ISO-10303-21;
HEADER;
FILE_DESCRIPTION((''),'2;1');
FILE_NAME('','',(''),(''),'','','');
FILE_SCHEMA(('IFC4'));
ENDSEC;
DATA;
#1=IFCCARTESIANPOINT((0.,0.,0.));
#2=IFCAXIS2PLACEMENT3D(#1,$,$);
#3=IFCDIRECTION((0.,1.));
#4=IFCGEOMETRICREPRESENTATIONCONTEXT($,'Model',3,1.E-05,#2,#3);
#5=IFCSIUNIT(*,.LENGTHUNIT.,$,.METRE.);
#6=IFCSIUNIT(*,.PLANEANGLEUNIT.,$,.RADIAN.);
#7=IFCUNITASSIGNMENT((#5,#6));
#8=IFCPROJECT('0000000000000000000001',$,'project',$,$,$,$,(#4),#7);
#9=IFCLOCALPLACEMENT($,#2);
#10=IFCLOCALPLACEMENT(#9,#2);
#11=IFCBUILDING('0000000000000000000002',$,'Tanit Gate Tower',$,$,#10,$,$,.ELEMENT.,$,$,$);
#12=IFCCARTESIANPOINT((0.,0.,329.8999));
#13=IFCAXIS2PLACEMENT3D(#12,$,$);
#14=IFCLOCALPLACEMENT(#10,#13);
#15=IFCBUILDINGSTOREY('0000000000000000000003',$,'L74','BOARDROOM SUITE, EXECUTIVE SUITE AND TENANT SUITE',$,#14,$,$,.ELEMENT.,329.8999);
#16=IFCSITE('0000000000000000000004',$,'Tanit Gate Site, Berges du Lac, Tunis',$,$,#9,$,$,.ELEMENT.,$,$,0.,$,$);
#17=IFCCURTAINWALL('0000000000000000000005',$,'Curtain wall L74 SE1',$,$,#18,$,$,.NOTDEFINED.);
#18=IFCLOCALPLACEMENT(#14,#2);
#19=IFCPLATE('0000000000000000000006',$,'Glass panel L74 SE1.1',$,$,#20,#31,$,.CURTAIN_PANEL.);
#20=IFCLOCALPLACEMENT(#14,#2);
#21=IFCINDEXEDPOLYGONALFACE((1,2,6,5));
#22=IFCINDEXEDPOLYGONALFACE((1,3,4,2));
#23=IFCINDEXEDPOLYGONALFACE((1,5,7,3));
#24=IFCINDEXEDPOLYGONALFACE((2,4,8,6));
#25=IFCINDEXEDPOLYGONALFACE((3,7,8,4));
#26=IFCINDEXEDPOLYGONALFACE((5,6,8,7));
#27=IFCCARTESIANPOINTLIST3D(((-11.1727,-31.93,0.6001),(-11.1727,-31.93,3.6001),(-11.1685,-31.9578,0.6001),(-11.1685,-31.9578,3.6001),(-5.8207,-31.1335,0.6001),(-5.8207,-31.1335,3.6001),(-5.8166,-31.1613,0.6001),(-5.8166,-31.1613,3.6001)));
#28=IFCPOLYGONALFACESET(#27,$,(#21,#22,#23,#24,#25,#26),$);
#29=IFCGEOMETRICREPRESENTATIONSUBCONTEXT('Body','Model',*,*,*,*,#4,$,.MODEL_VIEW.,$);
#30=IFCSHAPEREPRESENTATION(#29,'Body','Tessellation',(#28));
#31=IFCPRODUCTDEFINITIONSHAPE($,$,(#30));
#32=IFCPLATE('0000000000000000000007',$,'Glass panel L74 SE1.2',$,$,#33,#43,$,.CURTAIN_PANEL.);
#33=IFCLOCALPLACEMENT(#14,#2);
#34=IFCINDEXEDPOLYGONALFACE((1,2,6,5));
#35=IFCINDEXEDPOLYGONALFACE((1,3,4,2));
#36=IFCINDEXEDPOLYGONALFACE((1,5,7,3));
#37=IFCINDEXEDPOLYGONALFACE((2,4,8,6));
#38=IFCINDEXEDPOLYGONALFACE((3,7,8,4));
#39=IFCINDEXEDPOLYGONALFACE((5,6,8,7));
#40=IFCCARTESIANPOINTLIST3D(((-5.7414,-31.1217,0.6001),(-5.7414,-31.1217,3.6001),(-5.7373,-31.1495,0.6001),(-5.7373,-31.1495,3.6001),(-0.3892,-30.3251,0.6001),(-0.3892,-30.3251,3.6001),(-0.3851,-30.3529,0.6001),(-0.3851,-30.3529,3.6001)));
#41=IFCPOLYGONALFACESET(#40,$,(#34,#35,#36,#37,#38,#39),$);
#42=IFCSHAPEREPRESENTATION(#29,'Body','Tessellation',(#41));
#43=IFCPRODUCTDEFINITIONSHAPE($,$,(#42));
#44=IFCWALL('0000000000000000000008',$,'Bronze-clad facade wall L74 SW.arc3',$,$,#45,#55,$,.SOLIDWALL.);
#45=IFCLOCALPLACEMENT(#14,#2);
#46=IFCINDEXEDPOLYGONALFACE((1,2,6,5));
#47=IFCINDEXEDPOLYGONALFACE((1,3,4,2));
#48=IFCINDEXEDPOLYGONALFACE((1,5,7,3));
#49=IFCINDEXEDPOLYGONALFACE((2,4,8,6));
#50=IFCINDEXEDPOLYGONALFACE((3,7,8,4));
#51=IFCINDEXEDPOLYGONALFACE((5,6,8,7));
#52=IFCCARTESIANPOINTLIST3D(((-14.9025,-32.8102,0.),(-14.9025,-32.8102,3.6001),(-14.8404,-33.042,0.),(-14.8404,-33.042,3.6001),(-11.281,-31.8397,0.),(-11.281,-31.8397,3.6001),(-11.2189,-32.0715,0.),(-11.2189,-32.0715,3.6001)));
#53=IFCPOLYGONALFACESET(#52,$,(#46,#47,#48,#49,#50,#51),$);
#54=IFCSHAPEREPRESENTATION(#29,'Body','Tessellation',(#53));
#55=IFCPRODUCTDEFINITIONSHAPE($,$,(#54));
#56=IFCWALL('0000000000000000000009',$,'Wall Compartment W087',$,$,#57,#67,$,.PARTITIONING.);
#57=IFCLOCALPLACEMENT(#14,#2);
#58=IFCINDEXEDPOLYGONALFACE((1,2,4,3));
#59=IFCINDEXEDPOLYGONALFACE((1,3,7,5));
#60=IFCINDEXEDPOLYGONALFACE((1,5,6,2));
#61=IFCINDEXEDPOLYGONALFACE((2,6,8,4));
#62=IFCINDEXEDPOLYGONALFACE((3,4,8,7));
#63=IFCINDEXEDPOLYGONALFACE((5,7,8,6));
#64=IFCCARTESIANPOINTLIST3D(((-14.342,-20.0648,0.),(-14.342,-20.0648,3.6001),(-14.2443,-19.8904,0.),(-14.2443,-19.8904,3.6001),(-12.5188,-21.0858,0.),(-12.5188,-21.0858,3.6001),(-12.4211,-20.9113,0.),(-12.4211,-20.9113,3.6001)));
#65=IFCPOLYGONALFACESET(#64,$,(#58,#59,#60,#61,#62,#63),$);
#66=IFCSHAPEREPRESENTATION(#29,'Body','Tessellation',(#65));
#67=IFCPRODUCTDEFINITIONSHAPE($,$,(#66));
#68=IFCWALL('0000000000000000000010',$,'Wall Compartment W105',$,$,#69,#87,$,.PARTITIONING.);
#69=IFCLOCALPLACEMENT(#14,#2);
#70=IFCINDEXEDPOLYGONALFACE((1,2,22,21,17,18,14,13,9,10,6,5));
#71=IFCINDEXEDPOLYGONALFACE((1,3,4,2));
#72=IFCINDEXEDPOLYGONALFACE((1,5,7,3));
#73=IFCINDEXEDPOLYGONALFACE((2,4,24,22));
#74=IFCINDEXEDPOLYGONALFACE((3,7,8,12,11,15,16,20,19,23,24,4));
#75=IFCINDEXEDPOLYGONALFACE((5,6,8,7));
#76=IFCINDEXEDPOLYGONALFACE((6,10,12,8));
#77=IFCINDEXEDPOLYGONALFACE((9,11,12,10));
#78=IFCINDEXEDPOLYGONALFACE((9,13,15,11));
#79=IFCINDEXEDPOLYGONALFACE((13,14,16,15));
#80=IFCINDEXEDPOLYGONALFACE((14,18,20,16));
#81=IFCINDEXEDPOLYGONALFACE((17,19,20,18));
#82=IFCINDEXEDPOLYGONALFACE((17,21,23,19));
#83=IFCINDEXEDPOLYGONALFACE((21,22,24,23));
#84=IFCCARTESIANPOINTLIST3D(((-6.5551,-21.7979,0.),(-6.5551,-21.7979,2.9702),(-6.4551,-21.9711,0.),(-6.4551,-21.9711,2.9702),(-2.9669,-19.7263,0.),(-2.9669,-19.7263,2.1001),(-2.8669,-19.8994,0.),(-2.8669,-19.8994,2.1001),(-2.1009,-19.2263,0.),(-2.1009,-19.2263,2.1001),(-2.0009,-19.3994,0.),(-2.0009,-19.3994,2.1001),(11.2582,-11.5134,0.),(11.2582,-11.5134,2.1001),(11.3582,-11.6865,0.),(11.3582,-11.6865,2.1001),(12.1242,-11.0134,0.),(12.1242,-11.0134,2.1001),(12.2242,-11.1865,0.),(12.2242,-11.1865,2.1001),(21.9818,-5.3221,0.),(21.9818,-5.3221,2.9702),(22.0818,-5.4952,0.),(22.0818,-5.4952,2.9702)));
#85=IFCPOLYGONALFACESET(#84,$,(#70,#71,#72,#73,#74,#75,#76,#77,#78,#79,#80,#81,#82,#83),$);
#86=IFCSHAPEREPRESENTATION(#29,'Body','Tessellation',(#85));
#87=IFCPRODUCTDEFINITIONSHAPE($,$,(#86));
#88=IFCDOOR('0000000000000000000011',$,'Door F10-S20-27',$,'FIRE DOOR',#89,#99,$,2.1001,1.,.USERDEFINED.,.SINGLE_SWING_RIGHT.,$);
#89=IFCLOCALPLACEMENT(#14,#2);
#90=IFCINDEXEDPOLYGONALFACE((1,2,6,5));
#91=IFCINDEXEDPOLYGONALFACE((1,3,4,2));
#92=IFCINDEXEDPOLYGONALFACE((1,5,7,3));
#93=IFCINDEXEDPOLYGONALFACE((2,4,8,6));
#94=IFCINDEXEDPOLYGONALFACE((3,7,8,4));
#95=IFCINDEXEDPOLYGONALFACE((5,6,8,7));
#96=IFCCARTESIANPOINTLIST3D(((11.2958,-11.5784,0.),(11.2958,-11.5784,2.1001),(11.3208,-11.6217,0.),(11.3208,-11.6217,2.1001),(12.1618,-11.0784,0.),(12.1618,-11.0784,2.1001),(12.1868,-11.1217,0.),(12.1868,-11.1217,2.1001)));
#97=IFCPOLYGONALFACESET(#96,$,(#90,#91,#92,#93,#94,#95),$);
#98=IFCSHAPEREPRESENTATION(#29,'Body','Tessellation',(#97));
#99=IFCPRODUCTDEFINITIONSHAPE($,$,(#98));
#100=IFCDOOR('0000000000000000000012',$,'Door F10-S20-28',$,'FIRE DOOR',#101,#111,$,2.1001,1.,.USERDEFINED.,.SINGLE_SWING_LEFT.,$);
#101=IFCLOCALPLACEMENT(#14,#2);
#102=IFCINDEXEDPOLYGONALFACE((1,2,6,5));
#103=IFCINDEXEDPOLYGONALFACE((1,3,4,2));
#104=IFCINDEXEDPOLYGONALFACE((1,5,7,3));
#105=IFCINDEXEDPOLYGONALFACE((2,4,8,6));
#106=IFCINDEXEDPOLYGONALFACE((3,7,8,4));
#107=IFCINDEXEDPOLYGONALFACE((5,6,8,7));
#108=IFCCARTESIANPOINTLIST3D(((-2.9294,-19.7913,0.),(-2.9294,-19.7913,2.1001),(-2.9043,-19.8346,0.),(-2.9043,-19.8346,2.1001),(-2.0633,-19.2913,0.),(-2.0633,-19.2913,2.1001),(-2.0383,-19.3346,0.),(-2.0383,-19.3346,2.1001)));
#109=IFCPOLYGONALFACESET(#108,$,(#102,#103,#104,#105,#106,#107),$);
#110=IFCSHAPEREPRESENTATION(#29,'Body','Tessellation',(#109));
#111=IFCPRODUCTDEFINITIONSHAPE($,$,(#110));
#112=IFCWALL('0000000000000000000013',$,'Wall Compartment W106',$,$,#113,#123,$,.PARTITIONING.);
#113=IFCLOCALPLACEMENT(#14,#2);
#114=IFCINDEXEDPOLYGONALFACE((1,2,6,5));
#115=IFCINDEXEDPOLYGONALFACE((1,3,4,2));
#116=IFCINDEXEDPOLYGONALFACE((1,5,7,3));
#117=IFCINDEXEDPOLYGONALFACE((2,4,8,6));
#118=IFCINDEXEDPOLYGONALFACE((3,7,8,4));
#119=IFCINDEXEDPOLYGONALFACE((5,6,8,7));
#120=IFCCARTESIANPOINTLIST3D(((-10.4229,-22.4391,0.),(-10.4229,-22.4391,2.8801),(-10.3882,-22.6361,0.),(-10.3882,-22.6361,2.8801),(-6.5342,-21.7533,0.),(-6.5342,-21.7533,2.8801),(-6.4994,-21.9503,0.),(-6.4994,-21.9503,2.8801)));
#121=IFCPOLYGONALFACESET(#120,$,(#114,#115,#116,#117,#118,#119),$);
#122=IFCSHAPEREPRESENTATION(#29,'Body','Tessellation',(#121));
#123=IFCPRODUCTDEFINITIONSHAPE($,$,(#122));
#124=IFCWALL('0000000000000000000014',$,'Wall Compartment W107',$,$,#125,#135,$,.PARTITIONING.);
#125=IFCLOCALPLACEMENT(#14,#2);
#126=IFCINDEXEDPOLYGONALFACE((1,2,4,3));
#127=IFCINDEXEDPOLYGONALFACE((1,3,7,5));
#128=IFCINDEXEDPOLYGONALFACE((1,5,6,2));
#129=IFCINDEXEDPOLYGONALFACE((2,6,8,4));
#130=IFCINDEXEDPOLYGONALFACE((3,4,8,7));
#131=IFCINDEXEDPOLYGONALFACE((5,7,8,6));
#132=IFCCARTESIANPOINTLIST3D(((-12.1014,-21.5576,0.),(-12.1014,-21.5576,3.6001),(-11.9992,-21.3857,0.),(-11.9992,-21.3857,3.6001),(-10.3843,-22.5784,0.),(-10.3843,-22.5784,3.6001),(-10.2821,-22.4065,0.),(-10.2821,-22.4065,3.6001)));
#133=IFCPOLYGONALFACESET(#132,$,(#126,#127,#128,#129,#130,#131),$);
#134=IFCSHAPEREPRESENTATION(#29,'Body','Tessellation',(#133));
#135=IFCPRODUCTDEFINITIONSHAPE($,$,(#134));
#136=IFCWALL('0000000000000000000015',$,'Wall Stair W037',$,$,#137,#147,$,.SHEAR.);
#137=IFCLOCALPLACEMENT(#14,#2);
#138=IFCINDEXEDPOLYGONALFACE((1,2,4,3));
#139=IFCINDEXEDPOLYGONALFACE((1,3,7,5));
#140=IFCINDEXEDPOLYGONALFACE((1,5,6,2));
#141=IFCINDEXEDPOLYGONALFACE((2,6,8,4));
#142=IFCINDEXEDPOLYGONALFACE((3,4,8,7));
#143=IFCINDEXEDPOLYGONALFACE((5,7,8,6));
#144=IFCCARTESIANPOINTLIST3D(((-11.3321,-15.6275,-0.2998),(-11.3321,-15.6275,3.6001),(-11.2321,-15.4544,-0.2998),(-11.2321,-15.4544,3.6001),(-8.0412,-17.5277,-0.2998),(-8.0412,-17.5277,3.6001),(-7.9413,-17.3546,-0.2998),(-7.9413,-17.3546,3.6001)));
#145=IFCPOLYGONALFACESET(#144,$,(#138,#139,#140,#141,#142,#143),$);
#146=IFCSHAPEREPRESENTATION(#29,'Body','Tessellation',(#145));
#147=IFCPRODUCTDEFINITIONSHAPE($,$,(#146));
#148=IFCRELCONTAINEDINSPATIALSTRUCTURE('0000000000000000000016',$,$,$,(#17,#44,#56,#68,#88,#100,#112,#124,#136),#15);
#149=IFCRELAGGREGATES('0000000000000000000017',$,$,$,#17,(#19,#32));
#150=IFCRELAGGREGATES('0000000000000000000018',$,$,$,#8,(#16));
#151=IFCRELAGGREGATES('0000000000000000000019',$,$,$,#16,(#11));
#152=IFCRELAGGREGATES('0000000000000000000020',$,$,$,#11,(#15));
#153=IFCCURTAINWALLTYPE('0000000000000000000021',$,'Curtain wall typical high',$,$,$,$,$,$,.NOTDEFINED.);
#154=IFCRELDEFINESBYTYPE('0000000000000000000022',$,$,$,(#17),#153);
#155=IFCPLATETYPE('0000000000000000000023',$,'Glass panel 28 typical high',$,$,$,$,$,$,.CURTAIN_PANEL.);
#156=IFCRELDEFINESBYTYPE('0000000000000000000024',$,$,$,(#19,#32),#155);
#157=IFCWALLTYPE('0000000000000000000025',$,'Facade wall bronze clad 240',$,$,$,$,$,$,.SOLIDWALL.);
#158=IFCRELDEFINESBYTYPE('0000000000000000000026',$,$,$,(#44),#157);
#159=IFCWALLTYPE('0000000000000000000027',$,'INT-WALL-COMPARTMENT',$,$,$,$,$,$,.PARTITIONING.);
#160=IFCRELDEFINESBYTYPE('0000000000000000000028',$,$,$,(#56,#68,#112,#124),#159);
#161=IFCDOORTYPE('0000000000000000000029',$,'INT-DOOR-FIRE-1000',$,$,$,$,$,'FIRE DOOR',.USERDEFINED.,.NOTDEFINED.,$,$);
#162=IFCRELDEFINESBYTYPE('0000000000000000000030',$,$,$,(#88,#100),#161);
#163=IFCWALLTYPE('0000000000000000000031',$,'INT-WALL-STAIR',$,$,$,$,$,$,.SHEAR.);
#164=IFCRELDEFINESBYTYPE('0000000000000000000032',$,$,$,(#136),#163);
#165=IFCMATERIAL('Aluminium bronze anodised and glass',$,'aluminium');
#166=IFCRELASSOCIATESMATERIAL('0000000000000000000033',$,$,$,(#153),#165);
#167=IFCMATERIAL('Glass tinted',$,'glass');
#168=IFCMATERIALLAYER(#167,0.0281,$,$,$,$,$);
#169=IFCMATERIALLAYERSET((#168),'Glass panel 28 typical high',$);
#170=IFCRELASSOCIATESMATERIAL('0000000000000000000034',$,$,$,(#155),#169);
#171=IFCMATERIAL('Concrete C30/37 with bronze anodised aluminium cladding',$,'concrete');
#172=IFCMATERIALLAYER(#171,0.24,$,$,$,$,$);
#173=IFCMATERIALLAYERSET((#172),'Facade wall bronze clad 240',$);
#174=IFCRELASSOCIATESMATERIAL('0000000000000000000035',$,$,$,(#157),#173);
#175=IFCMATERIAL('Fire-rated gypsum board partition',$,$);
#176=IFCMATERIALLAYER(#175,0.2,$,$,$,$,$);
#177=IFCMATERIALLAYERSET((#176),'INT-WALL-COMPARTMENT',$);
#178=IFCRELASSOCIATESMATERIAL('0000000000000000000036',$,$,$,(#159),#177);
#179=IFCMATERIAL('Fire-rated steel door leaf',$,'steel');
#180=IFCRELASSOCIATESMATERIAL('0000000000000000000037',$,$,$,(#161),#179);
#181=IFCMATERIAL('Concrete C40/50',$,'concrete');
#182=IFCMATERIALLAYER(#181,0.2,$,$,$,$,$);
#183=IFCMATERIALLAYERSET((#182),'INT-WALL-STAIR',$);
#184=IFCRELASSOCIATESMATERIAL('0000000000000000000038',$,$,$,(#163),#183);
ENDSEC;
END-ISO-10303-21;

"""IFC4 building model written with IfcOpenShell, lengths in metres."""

from ifc_helpers import new_model, si_unit, direction, frame, frame_2d, origin, origin_2d, place, context, subcontext, project, spatial, rectangle, extrude, material, layer, layer_set, type_object, element, fill, aggregate, save


model = new_model("IFC4")

# Units and contexts
model_context = context("Model", 3, precision=1e-05, world=origin(), true_north=direction((0.0, 1.0)))
body_context = subcontext(model_context, "Body", "Model", "MODEL_VIEW")
ifc_project = project(units=[si_unit("LENGTHUNIT", "METRE"), si_unit("PLANEANGLEUNIT", "RADIAN")], contexts=[model_context])

# Site, building, storey
site_placement = place(None, origin())
site = spatial("IfcSite", under=ifc_project, at=site_placement, Name="Tanit Gate Site, Berges du Lac, Tunis", CompositionType="ELEMENT", RefElevation=0.0)
building_placement = place(site_placement, origin())
building = spatial("IfcBuilding", under=site, at=building_placement, Name="Tanit Gate Tower", CompositionType="ELEMENT")
storey_placement = place(building_placement, frame((0.0, 0.0, 329.8999)))
storey = spatial("IfcBuildingStorey", under=building, at=storey_placement, Name="L74", Description="BOARDROOM SUITE, EXECUTIVE SUITE AND TENANT SUITE", CompositionType="ELEMENT", Elevation=329.8999)

# Curtain wall
ifc_material_1 = material(Name="Aluminium bronze anodised and glass", Category="aluminium")
curtain_wall_type = type_object("IfcCurtainWallType", Name="Curtain wall typical high", PredefinedType="NOTDEFINED", material=ifc_material_1)
curtain_wall_placement = place(storey_placement, origin())
curtain_wall = element("IfcCurtainWall", 1, at=curtain_wall_placement, inside=storey, type_object=curtain_wall_type, Name="Curtain wall L74 SE1", PredefinedType="NOTDEFINED")

# Plates
ifc_material_2 = material(Name="Glass tinted", Category="glass")
ifc_layer_1 = layer(ifc_material_2, 0.0281)
ifc_layer_set_1 = layer_set([ifc_layer_1], Name="Glass panel 28 typical high")
plate_type = type_object("IfcPlateType", Name="Glass panel 28 typical high", PredefinedType="CURTAIN_PANEL", material=ifc_layer_set_1)
plate_1_placement = place(storey_placement, frame((-8.4946, -31.5457, 0.6001), z_axis=(0.0, 0.0, 1.0), x_axis=(0.989106, 0.147205, 0.0)))
plate_1 = element("IfcPlate", 2, at=plate_1_placement, type_object=plate_type, Name="Glass panel L74 SE1.1", PredefinedType="CURTAIN_PANEL", context=body_context, shape_type="SweptSolid", body=[
    extrude(rectangle(XDim=5.4109, YDim=0.0281, at=origin_2d()), origin(), (0.0, 0.0, 1.0), 3.0),
])
plate_2_placement = place(storey_placement, frame((-3.0632, -30.7373, 0.6001), z_axis=(0.0, 0.0, 1.0), x_axis=(0.989106, 0.147205, 0.0)))
plate_2 = element("IfcPlate", 3, at=plate_2_placement, type_object=plate_type, Name="Glass panel L74 SE1.2", PredefinedType="CURTAIN_PANEL", context=body_context, shape_type="SweptSolid", body=[
    extrude(rectangle(XDim=5.4111, YDim=0.0281, at=origin_2d()), origin(), (0.0, 0.0, 1.0), 3.0),
])
aggregate(curtain_wall, [plate_1, plate_2])

# Walls
ifc_material_3 = material(Name="Concrete C30/37 with bronze anodised aluminium cladding", Category="concrete")
ifc_layer_2 = layer(ifc_material_3, 0.24)
ifc_layer_set_2 = layer_set([ifc_layer_2], Name="Facade wall bronze clad 240")
wall_type_1 = type_object("IfcWallType", Name="Facade wall bronze clad 240", PredefinedType="SOLIDWALL", material=ifc_layer_set_2)
wall_1_placement = place(storey_placement, frame((-14.8713, -32.926, 0.0), z_axis=(0.0, 0.0, 1.0), x_axis=(0.965922, 0.258834, 0.0)))
element("IfcWall", 4, at=wall_1_placement, inside=storey, type_object=wall_type_1, Name="Bronze-clad facade wall L74 SW.arc3", PredefinedType="SOLIDWALL", context=body_context, shape_type="SweptSolid", body=[
    extrude(rectangle(XDim=3.7493, YDim=0.24, at=frame_2d((1.8745, 0.0))), origin(), (0.0, 0.0, 1.0), 3.6001),
])
ifc_material_4 = material(Name="Fire-rated gypsum board partition")
ifc_layer_3 = layer(ifc_material_4, 0.2)
ifc_layer_set_3 = layer_set([ifc_layer_3], Name="INT-WALL-COMPARTMENT")
wall_type_2 = type_object("IfcWallType", Name="INT-WALL-COMPARTMENT", PredefinedType="PARTITIONING", material=ifc_layer_set_3)
wall_2_placement = place(storey_placement, frame((-14.2932, -19.9775, 0.0), z_axis=(0.0, 0.0, 1.0), x_axis=(0.87251, -0.488596, 0.0)))
element("IfcWall", 5, at=wall_2_placement, inside=storey, type_object=wall_type_2, Name="Wall Compartment W087", PredefinedType="PARTITIONING", context=body_context, shape_type="SweptSolid", body=[
    extrude(rectangle(XDim=2.0896, YDim=0.2, at=frame_2d((1.0449, 0.0))), origin(), (0.0, 0.0, 1.0), 3.6001),
])

# Wall, openings, doors
wall_3_placement = place(storey_placement, frame((-6.5051, -21.8845, 0.0), z_axis=(0.0, 0.0, 1.0), x_axis=(0.866025, 0.500001, 0.0)))
wall_3 = element("IfcWall", 6, at=wall_3_placement, inside=storey, type_object=wall_type_2, Name="Wall Compartment W105", PredefinedType="PARTITIONING", context=body_context, shape_type="SweptSolid", body=[
    extrude(rectangle(XDim=32.9517, YDim=0.2, at=frame_2d((16.4758, 0.0))), origin(), (0.0, 0.0, 1.0), 2.9702),
])
opening_1_placement = place(wall_3_placement, frame((20.5691, 0.0, 0.0)))
opening_1 = element("IfcOpeningElement", 7, at=opening_1_placement, cuts=wall_3, PredefinedType="OPENING", context=body_context, shape_type="SweptSolid", body=[
    extrude(rectangle(XDim=1.0, YDim=2.1001, at=frame_2d((0.5, 1.05))), frame((0.0, 0.1099, 0.0), z_axis=(0.0, -1.0, 0.0), x_axis=(1.0, 0.0, 0.0)), (0.0, 0.0, 1.0), 0.22),
])
opening_2_placement = place(wall_3_placement, frame((4.1433, 0.0, 0.0)))
opening_2 = element("IfcOpeningElement", 8, at=opening_2_placement, cuts=wall_3, PredefinedType="OPENING", context=body_context, shape_type="SweptSolid", body=[
    extrude(rectangle(XDim=1.0, YDim=2.1001, at=frame_2d((0.5, 1.05))), frame((0.0, 0.1099, 0.0), z_axis=(0.0, -1.0, 0.0), x_axis=(1.0, 0.0, 0.0)), (0.0, 0.0, 1.0), 0.22),
])
ifc_material_5 = material(Name="Fire-rated steel door leaf", Category="steel")
door_type_1 = type_object("IfcDoorType", Name="INT-DOOR-FIRE-1000", ElementType="FIRE DOOR", OperationType="NOTDEFINED", PredefinedType="USERDEFINED", material=ifc_material_5)
door_1_placement = place(opening_1_placement, origin())
door_1 = element("IfcDoor", 9, at=door_1_placement, inside=storey, type_object=door_type_1, Name="Door F10-S20-27", ObjectType="FIRE DOOR", OperationType="SINGLE_SWING_RIGHT", OverallHeight=2.1001, OverallWidth=1.0, PredefinedType="USERDEFINED", context=body_context, shape_type="SweptSolid", body=[
    extrude(rectangle(XDim=1.0, YDim=2.1001, at=frame_2d((0.5, 1.05))), frame((0.0, 0.0249, 0.0), z_axis=(0.0, -1.0, 0.0), x_axis=(1.0, 0.0, 0.0)), (0.0, 0.0, 1.0), 0.05),
])
fill(opening_1, door_1)
door_2_placement = place(opening_2_placement, origin())
door_2 = element("IfcDoor", 10, at=door_2_placement, inside=storey, type_object=door_type_1, Name="Door F10-S20-28", ObjectType="FIRE DOOR", OperationType="SINGLE_SWING_LEFT", OverallHeight=2.1001, OverallWidth=1.0, PredefinedType="USERDEFINED", context=body_context, shape_type="SweptSolid", body=[
    extrude(rectangle(XDim=1.0, YDim=2.1001, at=frame_2d((0.5, 1.05))), frame((0.0, 0.0249, 0.0), z_axis=(0.0, -1.0, 0.0), x_axis=(1.0, 0.0, 0.0)), (0.0, 0.0, 1.0), 0.05),
])
fill(opening_2, door_2)

# Walls
wall_4_placement = place(storey_placement, frame((-10.4055, -22.5376, 0.0), z_axis=(0.0, 0.0, 1.0), x_axis=(0.984803, 0.173676, 0.0)))
element("IfcWall", 11, at=wall_4_placement, inside=storey, type_object=wall_type_2, Name="Wall Compartment W106", PredefinedType="PARTITIONING", context=body_context, shape_type="SweptSolid", body=[
    extrude(rectangle(XDim=3.9487, YDim=0.2, at=frame_2d((1.9744, 0.0))), origin(), (0.0, 0.0, 1.0), 2.8801),
])
wall_5_placement = place(storey_placement, frame((-12.0503, -21.4717, 0.0), z_axis=(0.0, 0.0, 1.0), x_axis=(0.859578, -0.511005, 0.0)))
element("IfcWall", 12, at=wall_5_placement, inside=storey, type_object=wall_type_2, Name="Wall Compartment W107", PredefinedType="PARTITIONING", context=body_context, shape_type="SweptSolid", body=[
    extrude(rectangle(XDim=1.9976, YDim=0.2, at=frame_2d((0.9988, 0.0))), origin(), (0.0, 0.0, 1.0), 3.6001),
])
ifc_material_6 = material(Name="Concrete C40/50", Category="concrete")
ifc_layer_4 = layer(ifc_material_6, 0.2)
ifc_layer_set_4 = layer_set([ifc_layer_4], Name="INT-WALL-STAIR")
wall_type_3 = type_object("IfcWallType", Name="INT-WALL-STAIR", PredefinedType="SHEAR", material=ifc_layer_set_4)
wall_6_placement = place(storey_placement, frame((-11.282, -15.541, -0.2998), z_axis=(0.0, 0.0, 1.0), x_axis=(0.866, -0.500043, 0.0)))
element("IfcWall", 13, at=wall_6_placement, inside=storey, type_object=wall_type_3, Name="Wall Stair W037", PredefinedType="SHEAR", context=body_context, shape_type="SweptSolid", body=[
    extrude(rectangle(XDim=3.8, YDim=0.2, at=frame_2d((1.8999, 0.0))), origin(), (0.0, 0.0, 1.0), 3.8999),
])

save(model, "model.ifc")
